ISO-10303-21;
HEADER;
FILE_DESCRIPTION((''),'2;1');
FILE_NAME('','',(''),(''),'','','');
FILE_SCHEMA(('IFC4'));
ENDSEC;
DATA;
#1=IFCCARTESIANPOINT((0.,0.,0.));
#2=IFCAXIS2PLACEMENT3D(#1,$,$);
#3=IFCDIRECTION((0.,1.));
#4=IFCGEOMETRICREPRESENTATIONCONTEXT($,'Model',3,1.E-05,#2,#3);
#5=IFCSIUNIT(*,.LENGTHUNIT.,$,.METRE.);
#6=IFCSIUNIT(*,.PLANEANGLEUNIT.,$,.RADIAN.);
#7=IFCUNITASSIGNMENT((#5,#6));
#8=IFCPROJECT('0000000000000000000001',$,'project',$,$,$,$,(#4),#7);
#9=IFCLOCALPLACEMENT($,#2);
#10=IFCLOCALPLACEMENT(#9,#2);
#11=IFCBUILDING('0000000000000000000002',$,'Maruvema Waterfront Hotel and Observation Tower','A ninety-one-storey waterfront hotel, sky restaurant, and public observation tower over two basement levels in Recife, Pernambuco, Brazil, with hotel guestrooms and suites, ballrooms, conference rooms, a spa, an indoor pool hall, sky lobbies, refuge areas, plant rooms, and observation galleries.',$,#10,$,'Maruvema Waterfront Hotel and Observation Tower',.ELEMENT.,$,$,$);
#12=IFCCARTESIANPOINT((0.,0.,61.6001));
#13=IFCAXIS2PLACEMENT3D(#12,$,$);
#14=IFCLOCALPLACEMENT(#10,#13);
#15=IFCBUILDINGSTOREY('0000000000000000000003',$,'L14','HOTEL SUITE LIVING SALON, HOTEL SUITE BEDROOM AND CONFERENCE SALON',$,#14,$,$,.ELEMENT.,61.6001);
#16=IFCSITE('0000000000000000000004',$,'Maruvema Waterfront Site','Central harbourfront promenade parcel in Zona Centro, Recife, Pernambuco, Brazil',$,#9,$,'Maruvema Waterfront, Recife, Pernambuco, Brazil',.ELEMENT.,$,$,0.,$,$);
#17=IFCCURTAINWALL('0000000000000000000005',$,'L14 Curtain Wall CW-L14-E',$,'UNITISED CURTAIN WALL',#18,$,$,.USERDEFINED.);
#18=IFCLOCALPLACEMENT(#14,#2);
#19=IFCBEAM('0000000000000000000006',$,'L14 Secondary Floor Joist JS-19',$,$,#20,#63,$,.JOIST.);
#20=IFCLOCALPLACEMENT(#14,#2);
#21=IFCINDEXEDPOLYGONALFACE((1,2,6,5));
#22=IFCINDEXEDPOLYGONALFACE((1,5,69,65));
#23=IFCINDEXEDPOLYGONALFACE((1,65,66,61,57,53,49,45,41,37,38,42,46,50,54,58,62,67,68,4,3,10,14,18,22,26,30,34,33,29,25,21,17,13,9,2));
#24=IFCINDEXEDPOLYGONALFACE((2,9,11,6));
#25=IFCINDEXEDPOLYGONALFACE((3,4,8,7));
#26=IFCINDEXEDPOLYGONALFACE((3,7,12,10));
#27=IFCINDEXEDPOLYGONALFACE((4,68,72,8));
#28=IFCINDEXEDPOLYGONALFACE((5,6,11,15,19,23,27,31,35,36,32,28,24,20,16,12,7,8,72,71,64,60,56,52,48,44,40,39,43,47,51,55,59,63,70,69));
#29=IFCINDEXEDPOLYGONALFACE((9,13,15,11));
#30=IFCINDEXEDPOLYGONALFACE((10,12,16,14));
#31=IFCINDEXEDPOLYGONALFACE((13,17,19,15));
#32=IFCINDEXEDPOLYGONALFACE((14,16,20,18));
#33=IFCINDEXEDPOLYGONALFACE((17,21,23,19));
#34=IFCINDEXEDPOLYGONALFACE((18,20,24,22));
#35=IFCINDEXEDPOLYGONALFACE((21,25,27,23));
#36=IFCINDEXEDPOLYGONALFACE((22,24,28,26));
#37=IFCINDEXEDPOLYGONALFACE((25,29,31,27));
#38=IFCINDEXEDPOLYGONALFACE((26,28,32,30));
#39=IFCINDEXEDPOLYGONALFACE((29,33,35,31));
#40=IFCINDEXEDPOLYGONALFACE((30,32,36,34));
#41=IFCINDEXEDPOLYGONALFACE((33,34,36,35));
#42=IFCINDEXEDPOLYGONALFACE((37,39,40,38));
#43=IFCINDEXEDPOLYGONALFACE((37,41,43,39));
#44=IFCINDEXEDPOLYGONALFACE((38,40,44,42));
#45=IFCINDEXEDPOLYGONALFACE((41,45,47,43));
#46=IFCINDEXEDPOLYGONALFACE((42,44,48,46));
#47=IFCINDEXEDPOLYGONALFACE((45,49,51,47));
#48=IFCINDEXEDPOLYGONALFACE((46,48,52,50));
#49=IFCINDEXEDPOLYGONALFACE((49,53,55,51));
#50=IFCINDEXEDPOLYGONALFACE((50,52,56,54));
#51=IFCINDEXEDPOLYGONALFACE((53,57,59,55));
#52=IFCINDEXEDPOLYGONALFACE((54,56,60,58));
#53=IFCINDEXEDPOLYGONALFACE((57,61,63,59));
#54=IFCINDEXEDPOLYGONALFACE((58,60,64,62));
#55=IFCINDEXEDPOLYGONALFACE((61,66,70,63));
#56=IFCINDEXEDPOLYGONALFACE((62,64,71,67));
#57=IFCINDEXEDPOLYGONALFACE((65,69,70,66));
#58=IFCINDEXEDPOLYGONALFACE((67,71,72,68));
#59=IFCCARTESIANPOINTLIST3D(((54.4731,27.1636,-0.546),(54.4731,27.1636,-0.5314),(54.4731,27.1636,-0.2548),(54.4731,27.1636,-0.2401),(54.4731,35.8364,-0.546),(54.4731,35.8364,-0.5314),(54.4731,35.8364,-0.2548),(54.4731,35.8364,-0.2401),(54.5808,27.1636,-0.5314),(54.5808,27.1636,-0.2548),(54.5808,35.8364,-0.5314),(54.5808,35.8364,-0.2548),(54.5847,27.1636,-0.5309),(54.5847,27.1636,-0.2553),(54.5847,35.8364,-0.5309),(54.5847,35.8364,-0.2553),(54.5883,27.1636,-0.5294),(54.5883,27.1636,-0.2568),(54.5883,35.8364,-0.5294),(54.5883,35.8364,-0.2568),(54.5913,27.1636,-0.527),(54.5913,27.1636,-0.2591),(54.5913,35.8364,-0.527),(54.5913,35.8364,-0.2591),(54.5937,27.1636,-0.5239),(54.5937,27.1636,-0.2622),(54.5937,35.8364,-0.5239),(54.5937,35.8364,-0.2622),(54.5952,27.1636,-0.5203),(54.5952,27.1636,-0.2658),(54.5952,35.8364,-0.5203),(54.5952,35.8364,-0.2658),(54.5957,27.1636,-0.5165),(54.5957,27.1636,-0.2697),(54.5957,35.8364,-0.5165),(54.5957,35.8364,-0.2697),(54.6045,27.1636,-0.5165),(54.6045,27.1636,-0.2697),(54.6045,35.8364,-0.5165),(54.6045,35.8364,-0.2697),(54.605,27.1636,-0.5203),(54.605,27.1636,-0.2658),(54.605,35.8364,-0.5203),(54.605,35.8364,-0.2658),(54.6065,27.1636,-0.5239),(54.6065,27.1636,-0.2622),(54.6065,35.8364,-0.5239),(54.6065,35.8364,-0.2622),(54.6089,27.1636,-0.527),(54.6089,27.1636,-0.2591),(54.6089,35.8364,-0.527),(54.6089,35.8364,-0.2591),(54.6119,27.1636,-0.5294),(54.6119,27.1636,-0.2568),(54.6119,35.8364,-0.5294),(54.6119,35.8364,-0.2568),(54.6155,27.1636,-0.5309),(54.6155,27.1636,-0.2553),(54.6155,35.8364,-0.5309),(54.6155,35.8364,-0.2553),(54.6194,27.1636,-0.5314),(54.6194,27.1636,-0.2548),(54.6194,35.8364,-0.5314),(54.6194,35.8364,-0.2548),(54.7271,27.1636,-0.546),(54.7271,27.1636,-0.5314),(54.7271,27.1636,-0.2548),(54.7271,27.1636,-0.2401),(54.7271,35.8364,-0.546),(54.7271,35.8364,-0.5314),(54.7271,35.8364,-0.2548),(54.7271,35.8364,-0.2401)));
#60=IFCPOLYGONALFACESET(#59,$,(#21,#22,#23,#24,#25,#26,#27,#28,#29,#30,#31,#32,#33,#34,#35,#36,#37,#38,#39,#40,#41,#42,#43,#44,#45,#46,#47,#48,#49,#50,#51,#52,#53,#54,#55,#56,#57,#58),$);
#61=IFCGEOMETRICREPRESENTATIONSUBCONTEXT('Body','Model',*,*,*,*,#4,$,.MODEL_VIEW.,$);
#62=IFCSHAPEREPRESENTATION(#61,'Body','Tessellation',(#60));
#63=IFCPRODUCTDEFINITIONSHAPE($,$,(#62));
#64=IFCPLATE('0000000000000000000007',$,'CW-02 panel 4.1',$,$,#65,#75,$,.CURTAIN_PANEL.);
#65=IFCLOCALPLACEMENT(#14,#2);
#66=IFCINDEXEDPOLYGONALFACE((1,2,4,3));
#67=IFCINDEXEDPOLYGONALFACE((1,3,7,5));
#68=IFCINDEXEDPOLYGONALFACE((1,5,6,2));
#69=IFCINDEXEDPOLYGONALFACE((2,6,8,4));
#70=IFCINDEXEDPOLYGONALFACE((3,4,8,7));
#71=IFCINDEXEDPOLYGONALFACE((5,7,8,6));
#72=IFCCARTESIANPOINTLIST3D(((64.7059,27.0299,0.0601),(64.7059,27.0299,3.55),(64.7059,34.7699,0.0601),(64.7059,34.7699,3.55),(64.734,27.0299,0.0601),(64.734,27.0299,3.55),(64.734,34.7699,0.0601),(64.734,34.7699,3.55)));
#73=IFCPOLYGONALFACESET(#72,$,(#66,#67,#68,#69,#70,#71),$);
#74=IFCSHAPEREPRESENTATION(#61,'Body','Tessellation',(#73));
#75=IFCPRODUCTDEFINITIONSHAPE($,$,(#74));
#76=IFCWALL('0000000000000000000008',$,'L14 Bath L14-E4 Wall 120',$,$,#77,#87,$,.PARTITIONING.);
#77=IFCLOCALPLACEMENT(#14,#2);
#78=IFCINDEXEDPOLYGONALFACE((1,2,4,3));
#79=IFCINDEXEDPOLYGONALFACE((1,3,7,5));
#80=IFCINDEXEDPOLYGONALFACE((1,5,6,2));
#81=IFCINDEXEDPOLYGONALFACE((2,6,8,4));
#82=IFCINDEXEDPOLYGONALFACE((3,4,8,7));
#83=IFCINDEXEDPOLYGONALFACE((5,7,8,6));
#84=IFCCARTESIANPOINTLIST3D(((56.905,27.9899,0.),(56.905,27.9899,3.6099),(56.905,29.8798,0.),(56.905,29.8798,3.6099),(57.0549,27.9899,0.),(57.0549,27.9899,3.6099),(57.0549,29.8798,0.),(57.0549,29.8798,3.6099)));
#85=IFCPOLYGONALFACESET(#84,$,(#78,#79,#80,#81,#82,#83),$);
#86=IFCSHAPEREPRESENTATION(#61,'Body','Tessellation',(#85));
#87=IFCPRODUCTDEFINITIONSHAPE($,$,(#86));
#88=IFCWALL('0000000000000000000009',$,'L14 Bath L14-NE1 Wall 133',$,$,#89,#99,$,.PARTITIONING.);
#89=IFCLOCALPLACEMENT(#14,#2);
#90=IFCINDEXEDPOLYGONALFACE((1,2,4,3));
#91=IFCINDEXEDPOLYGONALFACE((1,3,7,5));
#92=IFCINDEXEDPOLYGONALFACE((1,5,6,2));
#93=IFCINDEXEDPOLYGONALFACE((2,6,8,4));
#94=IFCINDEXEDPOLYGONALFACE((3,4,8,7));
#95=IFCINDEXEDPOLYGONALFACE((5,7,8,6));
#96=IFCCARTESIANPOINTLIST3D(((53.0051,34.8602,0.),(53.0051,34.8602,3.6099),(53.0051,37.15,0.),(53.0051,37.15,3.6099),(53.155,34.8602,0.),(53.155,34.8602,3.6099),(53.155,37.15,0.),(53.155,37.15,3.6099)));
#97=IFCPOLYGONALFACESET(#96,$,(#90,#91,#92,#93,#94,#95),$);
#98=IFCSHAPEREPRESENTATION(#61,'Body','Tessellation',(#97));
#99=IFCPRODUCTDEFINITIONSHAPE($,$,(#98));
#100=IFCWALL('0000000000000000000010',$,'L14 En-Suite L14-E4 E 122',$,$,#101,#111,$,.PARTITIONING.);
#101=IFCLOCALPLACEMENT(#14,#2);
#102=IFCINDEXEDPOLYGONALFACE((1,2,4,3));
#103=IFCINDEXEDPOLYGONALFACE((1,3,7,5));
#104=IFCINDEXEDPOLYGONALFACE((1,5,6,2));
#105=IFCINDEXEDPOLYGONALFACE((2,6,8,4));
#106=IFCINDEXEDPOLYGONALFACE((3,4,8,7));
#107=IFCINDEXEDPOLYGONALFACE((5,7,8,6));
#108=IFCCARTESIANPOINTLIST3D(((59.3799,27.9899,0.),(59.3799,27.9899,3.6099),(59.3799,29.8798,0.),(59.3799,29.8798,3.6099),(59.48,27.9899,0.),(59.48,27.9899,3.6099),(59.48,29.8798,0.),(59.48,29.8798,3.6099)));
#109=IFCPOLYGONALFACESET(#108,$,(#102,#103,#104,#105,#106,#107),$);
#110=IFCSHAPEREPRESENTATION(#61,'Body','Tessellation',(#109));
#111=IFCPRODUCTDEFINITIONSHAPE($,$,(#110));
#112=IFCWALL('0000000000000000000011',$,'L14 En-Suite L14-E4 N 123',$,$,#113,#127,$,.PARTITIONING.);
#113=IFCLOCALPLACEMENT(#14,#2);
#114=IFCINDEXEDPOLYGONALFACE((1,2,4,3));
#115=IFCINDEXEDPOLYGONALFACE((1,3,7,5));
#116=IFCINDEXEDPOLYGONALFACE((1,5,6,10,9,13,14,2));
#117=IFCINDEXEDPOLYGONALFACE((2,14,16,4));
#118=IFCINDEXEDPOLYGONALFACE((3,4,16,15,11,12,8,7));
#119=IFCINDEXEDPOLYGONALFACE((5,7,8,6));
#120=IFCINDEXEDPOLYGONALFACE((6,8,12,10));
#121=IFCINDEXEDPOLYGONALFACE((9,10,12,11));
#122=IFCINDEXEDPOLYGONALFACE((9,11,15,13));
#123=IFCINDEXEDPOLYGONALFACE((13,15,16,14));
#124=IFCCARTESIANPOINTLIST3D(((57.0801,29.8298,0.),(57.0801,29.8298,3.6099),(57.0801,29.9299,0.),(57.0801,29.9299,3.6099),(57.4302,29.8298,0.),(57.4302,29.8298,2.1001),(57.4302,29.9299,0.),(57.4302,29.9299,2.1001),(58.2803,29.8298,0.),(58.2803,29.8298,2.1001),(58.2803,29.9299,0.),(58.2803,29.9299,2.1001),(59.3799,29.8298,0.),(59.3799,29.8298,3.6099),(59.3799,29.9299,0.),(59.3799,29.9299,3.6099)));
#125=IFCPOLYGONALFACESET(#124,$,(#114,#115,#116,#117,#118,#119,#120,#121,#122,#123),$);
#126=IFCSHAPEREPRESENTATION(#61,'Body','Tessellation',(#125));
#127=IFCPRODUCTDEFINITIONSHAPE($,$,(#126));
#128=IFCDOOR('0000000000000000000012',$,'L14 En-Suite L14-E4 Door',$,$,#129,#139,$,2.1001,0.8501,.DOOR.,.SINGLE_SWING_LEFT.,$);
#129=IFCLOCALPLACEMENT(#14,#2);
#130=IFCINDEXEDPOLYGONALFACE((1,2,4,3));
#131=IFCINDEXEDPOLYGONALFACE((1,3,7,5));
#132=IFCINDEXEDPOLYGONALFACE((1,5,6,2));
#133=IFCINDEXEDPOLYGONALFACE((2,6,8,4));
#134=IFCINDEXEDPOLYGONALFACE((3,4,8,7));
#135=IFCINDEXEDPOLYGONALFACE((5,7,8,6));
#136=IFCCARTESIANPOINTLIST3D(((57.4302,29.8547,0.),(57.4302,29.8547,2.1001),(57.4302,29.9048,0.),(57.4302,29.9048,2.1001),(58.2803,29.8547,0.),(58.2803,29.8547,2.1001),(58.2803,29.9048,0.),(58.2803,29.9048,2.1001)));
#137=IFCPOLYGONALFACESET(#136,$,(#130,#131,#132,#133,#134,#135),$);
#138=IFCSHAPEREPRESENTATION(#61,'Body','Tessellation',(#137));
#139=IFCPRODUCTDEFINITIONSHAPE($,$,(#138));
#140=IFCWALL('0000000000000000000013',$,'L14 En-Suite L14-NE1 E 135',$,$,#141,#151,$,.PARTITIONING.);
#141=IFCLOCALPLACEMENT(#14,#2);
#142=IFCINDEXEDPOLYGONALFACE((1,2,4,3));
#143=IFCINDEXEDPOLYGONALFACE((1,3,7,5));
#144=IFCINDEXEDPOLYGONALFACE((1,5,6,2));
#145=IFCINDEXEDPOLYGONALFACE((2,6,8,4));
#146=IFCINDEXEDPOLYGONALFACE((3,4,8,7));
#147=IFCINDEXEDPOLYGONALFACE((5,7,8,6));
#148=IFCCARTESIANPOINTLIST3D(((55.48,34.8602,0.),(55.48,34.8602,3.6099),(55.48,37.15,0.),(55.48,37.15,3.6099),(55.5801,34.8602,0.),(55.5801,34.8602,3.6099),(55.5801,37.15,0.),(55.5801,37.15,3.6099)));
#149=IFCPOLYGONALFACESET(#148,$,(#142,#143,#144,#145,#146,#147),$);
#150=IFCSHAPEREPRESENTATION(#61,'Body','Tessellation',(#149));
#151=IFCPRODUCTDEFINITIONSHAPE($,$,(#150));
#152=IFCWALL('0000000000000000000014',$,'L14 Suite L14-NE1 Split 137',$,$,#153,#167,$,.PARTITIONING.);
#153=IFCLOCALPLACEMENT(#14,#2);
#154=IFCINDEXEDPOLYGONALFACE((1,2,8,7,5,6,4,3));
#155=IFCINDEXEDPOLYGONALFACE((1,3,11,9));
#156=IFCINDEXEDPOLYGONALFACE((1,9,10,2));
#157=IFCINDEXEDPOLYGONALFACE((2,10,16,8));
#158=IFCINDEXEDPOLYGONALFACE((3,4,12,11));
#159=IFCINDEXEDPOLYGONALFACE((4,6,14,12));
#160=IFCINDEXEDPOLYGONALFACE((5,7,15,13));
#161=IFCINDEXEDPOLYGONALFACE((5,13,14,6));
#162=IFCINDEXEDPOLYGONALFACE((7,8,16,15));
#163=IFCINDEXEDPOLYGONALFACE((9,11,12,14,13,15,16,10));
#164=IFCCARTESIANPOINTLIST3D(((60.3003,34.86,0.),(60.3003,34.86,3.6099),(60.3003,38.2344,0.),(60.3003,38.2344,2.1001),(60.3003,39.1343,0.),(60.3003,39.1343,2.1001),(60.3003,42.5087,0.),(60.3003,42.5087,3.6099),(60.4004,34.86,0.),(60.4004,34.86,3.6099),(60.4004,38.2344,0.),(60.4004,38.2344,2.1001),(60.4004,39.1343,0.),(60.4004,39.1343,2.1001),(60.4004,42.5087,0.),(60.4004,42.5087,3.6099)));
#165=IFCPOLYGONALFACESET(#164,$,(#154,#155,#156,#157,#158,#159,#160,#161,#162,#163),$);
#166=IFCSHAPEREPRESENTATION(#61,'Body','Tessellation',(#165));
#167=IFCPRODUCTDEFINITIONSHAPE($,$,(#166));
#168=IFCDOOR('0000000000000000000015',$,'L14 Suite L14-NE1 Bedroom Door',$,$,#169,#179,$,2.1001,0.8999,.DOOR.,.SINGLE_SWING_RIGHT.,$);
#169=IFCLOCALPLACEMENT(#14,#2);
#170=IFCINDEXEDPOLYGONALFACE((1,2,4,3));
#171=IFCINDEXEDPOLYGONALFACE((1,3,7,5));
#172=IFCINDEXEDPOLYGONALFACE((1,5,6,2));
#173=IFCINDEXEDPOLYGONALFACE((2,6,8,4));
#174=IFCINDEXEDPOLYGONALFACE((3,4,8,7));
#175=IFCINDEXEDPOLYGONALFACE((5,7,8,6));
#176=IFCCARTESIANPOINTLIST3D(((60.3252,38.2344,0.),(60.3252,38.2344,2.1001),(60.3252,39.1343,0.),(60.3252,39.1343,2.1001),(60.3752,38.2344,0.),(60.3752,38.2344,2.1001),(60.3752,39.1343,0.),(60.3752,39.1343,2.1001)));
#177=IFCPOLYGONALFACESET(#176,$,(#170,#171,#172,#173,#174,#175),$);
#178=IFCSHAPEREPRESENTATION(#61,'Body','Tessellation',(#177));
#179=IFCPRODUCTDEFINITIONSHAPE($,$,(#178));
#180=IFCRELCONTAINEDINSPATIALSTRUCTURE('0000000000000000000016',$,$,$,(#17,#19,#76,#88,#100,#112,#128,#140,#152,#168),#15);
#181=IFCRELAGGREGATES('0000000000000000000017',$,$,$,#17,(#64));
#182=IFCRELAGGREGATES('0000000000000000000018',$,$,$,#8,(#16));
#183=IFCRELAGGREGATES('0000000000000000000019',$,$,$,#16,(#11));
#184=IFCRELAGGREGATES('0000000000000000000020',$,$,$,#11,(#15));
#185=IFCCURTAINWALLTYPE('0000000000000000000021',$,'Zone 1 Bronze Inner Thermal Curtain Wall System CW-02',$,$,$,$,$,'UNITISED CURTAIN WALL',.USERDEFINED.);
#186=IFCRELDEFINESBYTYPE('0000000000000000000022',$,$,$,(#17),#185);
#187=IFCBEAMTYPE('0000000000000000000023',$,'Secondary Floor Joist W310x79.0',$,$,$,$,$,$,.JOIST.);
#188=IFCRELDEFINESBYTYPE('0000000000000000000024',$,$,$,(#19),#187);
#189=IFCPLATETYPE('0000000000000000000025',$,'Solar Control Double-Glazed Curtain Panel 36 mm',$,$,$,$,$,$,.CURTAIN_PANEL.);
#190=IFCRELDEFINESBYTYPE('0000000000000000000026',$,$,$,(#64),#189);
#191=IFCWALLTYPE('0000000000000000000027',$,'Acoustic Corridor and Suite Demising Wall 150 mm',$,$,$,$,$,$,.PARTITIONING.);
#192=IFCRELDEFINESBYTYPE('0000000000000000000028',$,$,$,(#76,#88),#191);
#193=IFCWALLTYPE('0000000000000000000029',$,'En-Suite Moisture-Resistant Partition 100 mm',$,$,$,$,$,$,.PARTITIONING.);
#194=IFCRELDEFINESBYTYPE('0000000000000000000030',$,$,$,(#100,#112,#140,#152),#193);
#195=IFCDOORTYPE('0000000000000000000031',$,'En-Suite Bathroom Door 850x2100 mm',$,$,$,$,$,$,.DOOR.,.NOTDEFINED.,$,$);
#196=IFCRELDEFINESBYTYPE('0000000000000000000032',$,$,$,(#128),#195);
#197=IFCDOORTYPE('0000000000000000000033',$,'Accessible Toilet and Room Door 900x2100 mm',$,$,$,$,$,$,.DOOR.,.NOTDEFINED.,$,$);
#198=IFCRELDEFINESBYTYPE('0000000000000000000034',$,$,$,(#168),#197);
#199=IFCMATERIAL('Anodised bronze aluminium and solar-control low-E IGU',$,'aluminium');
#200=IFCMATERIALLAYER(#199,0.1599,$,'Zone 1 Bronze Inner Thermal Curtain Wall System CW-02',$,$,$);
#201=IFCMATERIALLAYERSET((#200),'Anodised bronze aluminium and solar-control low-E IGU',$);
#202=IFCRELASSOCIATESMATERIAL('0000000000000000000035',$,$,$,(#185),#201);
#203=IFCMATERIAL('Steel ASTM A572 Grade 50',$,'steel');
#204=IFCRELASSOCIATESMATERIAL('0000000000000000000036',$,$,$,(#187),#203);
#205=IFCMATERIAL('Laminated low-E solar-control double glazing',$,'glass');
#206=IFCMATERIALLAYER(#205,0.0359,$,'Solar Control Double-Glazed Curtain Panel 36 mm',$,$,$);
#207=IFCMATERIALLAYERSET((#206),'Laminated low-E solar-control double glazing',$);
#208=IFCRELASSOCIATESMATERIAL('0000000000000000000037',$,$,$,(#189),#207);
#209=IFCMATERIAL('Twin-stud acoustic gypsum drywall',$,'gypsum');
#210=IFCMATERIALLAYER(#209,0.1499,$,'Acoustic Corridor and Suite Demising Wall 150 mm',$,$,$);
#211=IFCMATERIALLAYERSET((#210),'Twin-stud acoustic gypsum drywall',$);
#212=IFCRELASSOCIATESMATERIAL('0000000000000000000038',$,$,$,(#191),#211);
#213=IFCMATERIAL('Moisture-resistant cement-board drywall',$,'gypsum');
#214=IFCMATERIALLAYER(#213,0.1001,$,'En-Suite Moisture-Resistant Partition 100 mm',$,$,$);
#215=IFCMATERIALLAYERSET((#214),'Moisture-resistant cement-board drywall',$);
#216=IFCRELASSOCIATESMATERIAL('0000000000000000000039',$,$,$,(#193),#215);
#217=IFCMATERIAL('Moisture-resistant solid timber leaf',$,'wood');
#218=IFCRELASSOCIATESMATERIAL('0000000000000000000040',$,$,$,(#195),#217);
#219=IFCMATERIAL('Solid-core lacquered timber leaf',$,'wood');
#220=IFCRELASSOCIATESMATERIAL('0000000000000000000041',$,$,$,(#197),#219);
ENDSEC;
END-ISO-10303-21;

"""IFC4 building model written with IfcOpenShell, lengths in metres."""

from ifc_helpers import new_model, si_unit, direction, frame, frame_2d, origin, origin_2d, place, context, subcontext, project, spatial, rectangle, i_section, extrude, material, layer, layer_set, material_profile, profile_set, type_object, element, fill, aggregate, save


model = new_model("IFC4")

# Units and contexts
model_context = context("Model", 3, precision=1e-05, world=origin(), true_north=direction((0.0, 1.0)))
body_context = subcontext(model_context, "Body", "Model", "MODEL_VIEW")
ifc_project = project(units=[si_unit("LENGTHUNIT", "METRE"), si_unit("PLANEANGLEUNIT", "RADIAN")], contexts=[model_context])

# Site, building, storey
site_placement = place(None, origin())
site = spatial("IfcSite", under=ifc_project, at=site_placement, Name="Maruvema Waterfront Site", Description="Central harbourfront promenade parcel in Zona Centro, Recife, Pernambuco, Brazil", LongName="Maruvema Waterfront, Recife, Pernambuco, Brazil", CompositionType="ELEMENT", RefElevation=0.0)
building_placement = place(site_placement, origin())
building = spatial("IfcBuilding", under=site, at=building_placement, Name="Maruvema Waterfront Hotel and Observation Tower", Description="A ninety-one-storey waterfront hotel, sky restaurant, and public observation tower over two basement levels in Recife, Pernambuco, Brazil, with hotel guestrooms and suites, ballrooms, conference rooms, a spa, an indoor pool hall, sky lobbies, refuge areas, plant rooms, and observation galleries.", LongName="Maruvema Waterfront Hotel and Observation Tower", CompositionType="ELEMENT")
storey_placement = place(building_placement, frame((0.0, 0.0, 61.6001)))
storey = spatial("IfcBuildingStorey", under=building, at=storey_placement, Name="L14", Description="HOTEL SUITE LIVING SALON, HOTEL SUITE BEDROOM AND CONFERENCE SALON", CompositionType="ELEMENT", Elevation=61.6001)

# Curtain wall
ifc_material_1 = material(Name="Anodised bronze aluminium and solar-control low-E IGU", Category="aluminium")
ifc_layer_1 = layer(ifc_material_1, 0.1599, Name="Zone 1 Bronze Inner Thermal Curtain Wall System CW-02")
ifc_layer_set_1 = layer_set([ifc_layer_1], Name="Anodised bronze aluminium and solar-control low-E IGU")
curtain_wall_type = type_object("IfcCurtainWallType", Name="Zone 1 Bronze Inner Thermal Curtain Wall System CW-02", ElementType="UNITISED CURTAIN WALL", PredefinedType="USERDEFINED", material=ifc_layer_set_1)
curtain_wall_placement = place(storey_placement, origin())
curtain_wall = element("IfcCurtainWall", 1, at=curtain_wall_placement, inside=storey, type_object=curtain_wall_type, Name="L14 Curtain Wall CW-L14-E", ObjectType="UNITISED CURTAIN WALL", PredefinedType="USERDEFINED")

# Beam
ifc_material_2 = material(Name="Steel ASTM A572 Grade 50", Category="steel")
ifc_material_profile_1 = material_profile(ifc_material_2, i_section(OverallWidth=0.2539, OverallDepth=0.3059, WebThickness=0.0088, FlangeThickness=0.0146, FilletRadius=0.0149, at=origin_2d()), Name="W310x79.0")
ifc_profile_set_1 = profile_set([ifc_material_profile_1], Name="Steel ASTM A572 Grade 50")
beam_type_1 = type_object("IfcBeamType", Name="Secondary Floor Joist W310x79.0", PredefinedType="JOIST", material=ifc_profile_set_1)
beam_1_placement = place(storey_placement, frame((54.6001, 27.1636, -0.3931), z_axis=(0.0, 1.0, 0.0), x_axis=(-1.0, 0.0, 0.0)))
element("IfcBeam", 2, at=beam_1_placement, inside=storey, type_object=beam_type_1, Name="L14 Secondary Floor Joist JS-19", PredefinedType="JOIST", context=body_context, shape_type="SweptSolid", body=[
    extrude(i_section(OverallWidth=0.2539, OverallDepth=0.3059, WebThickness=0.0088, FlangeThickness=0.0146, FilletRadius=0.0149, at=origin_2d()), origin(), (0.0, 0.0, 1.0), 8.6729),
])

# Plate
ifc_material_3 = material(Name="Laminated low-E solar-control double glazing", Category="glass")
ifc_layer_2 = layer(ifc_material_3, 0.0359, Name="Solar Control Double-Glazed Curtain Panel 36 mm")
ifc_layer_set_2 = layer_set([ifc_layer_2], Name="Laminated low-E solar-control double glazing")
plate_type = type_object("IfcPlateType", Name="Solar Control Double-Glazed Curtain Panel 36 mm", PredefinedType="CURTAIN_PANEL", material=ifc_layer_set_2)
plate_placement = place(storey_placement, frame((64.72, 30.8999, 0.0601), z_axis=(0.0, 0.0, 1.0), x_axis=(0.0, 1.0, 0.0)))
plate = element("IfcPlate", 3, at=plate_placement, type_object=plate_type, Name="CW-02 panel 4.1", PredefinedType="CURTAIN_PANEL", context=body_context, shape_type="SweptSolid", body=[
    extrude(rectangle(XDim=7.74, YDim=0.0281, at=origin_2d()), origin(), (0.0, 0.0, 1.0), 3.49),
])
aggregate(curtain_wall, [plate])

# Wall
ifc_material_4 = material(Name="Twin-stud acoustic gypsum drywall", Category="gypsum")
ifc_layer_3 = layer(ifc_material_4, 0.1499, Name="Acoustic Corridor and Suite Demising Wall 150 mm")
ifc_layer_set_3 = layer_set([ifc_layer_3], Name="Twin-stud acoustic gypsum drywall")
wall_type_1 = type_object("IfcWallType", Name="Acoustic Corridor and Suite Demising Wall 150 mm", PredefinedType="PARTITIONING", material=ifc_layer_set_3)
wall_1_placement = place(storey_placement, frame((56.98, 27.99, 0.0), z_axis=(0.0, 0.0, 1.0), x_axis=(0.0, 1.0, 0.0)))
element("IfcWall", 4, at=wall_1_placement, inside=storey, type_object=wall_type_1, Name="L14 Bath L14-E4 Wall 120", PredefinedType="PARTITIONING", context=body_context, shape_type="SweptSolid", body=[
    extrude(rectangle(XDim=1.8899, YDim=0.1499, at=frame_2d((0.9448, 0.0))), origin(), (0.0, 0.0, 1.0), 3.6099),
])

# Walls
wall_2_placement = place(storey_placement, frame((53.0801, 34.8601, 0.0), z_axis=(0.0, 0.0, 1.0), x_axis=(0.0, 1.0, 0.0)))
element("IfcWall", 5, at=wall_2_placement, inside=storey, type_object=wall_type_1, Name="L14 Bath L14-NE1 Wall 133", PredefinedType="PARTITIONING", context=body_context, shape_type="SweptSolid", body=[
    extrude(rectangle(XDim=2.2898, YDim=0.1499, at=frame_2d((1.145, 0.0))), origin(), (0.0, 0.0, 1.0), 3.6099),
])
ifc_material_5 = material(Name="Moisture-resistant cement-board drywall", Category="gypsum")
ifc_layer_4 = layer(ifc_material_5, 0.1001, Name="En-Suite Moisture-Resistant Partition 100 mm")
ifc_layer_set_4 = layer_set([ifc_layer_4], Name="Moisture-resistant cement-board drywall")
wall_type_2 = type_object("IfcWallType", Name="En-Suite Moisture-Resistant Partition 100 mm", PredefinedType="PARTITIONING", material=ifc_layer_set_4)
wall_3_placement = place(storey_placement, frame((59.4299, 27.99, 0.0), z_axis=(0.0, 0.0, 1.0), x_axis=(0.0, 1.0, 0.0)))
element("IfcWall", 6, at=wall_3_placement, inside=storey, type_object=wall_type_2, Name="L14 En-Suite L14-E4 E 122", PredefinedType="PARTITIONING", context=body_context, shape_type="SweptSolid", body=[
    extrude(rectangle(XDim=1.8899, YDim=0.1001, at=frame_2d((0.9448, 0.0))), origin(), (0.0, 0.0, 1.0), 3.6099),
])

# Wall, opening, door
wall_4_placement = place(storey_placement, frame((57.0801, 29.8799, 0.0), z_axis=(0.0, 0.0, 1.0), x_axis=(1.0, 0.0, 0.0)))
wall_4 = element("IfcWall", 7, at=wall_4_placement, inside=storey, type_object=wall_type_2, Name="L14 En-Suite L14-E4 N 123", PredefinedType="PARTITIONING", context=body_context, shape_type="SweptSolid", body=[
    extrude(rectangle(XDim=2.2998, YDim=0.1001, at=frame_2d((1.1499, 0.0))), origin(), (0.0, 0.0, 1.0), 3.6099),
])
opening_1_placement = place(wall_4_placement, frame((0.3501, 0.0, 0.0)))
opening_1 = element("IfcOpeningElement", 8, at=opening_1_placement, cuts=wall_4, PredefinedType="OPENING", context=body_context, shape_type="SweptSolid", body=[
    extrude(rectangle(XDim=0.8501, YDim=2.1001, at=frame_2d((0.425, 1.05))), frame((0.0, 0.0601, 0.0), z_axis=(0.0, -1.0, 0.0), x_axis=(1.0, 0.0, 0.0)), (0.0, 0.0, 1.0), 0.1201),
])
ifc_material_6 = material(Name="Moisture-resistant solid timber leaf", Category="wood")
door_type_1 = type_object("IfcDoorType", Name="En-Suite Bathroom Door 850x2100 mm", OperationType="NOTDEFINED", PredefinedType="DOOR", material=ifc_material_6)
door_1_placement = place(opening_1_placement, origin())
door_1 = element("IfcDoor", 9, at=door_1_placement, inside=storey, type_object=door_type_1, Name="L14 En-Suite L14-E4 Door", OperationType="SINGLE_SWING_LEFT", OverallHeight=2.1001, OverallWidth=0.8501, PredefinedType="DOOR", context=body_context, shape_type="SweptSolid", body=[
    extrude(rectangle(XDim=0.8501, YDim=2.1001, at=frame_2d((0.425, 1.05))), frame((0.0, 0.0249, 0.0), z_axis=(0.0, -1.0, 0.0), x_axis=(1.0, 0.0, 0.0)), (0.0, 0.0, 1.0), 0.05),
])
fill(opening_1, door_1)

# Wall
wall_5_placement = place(storey_placement, frame((55.53, 34.8601, 0.0), z_axis=(0.0, 0.0, 1.0), x_axis=(0.0, 1.0, 0.0)))
element("IfcWall", 10, at=wall_5_placement, inside=storey, type_object=wall_type_2, Name="L14 En-Suite L14-NE1 E 135", PredefinedType="PARTITIONING", context=body_context, shape_type="SweptSolid", body=[
    extrude(rectangle(XDim=2.2898, YDim=0.1001, at=frame_2d((1.145, 0.0))), origin(), (0.0, 0.0, 1.0), 3.6099),
])

# Wall, opening, door
wall_6_placement = place(storey_placement, frame((60.3503, 34.8601, 0.0), z_axis=(0.0, 0.0, 1.0), x_axis=(0.0, 1.0, 0.0)))
wall_6 = element("IfcWall", 11, at=wall_6_placement, inside=storey, type_object=wall_type_2, Name="L14 Suite L14-NE1 Split 137", PredefinedType="PARTITIONING", context=body_context, shape_type="SweptSolid", body=[
    extrude(rectangle(XDim=7.6487, YDim=0.1001, at=frame_2d((3.8242, 0.0))), origin(), (0.0, 0.0, 1.0), 3.6099),
])
opening_2_placement = place(wall_6_placement, frame((3.3743, 0.0, 0.0)))
opening_2 = element("IfcOpeningElement", 12, at=opening_2_placement, cuts=wall_6, PredefinedType="OPENING", context=body_context, shape_type="SweptSolid", body=[
    extrude(rectangle(XDim=0.8999, YDim=2.1001, at=frame_2d((0.45, 1.05))), frame((0.0, 0.0601, 0.0), z_axis=(0.0, -1.0, 0.0), x_axis=(1.0, 0.0, 0.0)), (0.0, 0.0, 1.0), 0.1201),
])
ifc_material_7 = material(Name="Solid-core lacquered timber leaf", Category="wood")
door_type_2 = type_object("IfcDoorType", Name="Accessible Toilet and Room Door 900x2100 mm", OperationType="NOTDEFINED", PredefinedType="DOOR", material=ifc_material_7)
door_2_placement = place(opening_2_placement, frame((0.8999, 0.0, 0.0), z_axis=(0.0, 0.0, 1.0), x_axis=(-1.0, 0.0, 0.0)))
door_2 = element("IfcDoor", 13, at=door_2_placement, inside=storey, type_object=door_type_2, Name="L14 Suite L14-NE1 Bedroom Door", OperationType="SINGLE_SWING_RIGHT", OverallHeight=2.1001, OverallWidth=0.8999, PredefinedType="DOOR", context=body_context, shape_type="SweptSolid", body=[
    extrude(rectangle(XDim=0.8999, YDim=2.1001, at=frame_2d((0.45, 1.05))), frame((0.0, 0.0249, 0.0), z_axis=(0.0, -1.0, 0.0), x_axis=(1.0, 0.0, 0.0)), (0.0, 0.0, 1.0), 0.05),
])
fill(opening_2, door_2)

save(model, "model.ifc")
